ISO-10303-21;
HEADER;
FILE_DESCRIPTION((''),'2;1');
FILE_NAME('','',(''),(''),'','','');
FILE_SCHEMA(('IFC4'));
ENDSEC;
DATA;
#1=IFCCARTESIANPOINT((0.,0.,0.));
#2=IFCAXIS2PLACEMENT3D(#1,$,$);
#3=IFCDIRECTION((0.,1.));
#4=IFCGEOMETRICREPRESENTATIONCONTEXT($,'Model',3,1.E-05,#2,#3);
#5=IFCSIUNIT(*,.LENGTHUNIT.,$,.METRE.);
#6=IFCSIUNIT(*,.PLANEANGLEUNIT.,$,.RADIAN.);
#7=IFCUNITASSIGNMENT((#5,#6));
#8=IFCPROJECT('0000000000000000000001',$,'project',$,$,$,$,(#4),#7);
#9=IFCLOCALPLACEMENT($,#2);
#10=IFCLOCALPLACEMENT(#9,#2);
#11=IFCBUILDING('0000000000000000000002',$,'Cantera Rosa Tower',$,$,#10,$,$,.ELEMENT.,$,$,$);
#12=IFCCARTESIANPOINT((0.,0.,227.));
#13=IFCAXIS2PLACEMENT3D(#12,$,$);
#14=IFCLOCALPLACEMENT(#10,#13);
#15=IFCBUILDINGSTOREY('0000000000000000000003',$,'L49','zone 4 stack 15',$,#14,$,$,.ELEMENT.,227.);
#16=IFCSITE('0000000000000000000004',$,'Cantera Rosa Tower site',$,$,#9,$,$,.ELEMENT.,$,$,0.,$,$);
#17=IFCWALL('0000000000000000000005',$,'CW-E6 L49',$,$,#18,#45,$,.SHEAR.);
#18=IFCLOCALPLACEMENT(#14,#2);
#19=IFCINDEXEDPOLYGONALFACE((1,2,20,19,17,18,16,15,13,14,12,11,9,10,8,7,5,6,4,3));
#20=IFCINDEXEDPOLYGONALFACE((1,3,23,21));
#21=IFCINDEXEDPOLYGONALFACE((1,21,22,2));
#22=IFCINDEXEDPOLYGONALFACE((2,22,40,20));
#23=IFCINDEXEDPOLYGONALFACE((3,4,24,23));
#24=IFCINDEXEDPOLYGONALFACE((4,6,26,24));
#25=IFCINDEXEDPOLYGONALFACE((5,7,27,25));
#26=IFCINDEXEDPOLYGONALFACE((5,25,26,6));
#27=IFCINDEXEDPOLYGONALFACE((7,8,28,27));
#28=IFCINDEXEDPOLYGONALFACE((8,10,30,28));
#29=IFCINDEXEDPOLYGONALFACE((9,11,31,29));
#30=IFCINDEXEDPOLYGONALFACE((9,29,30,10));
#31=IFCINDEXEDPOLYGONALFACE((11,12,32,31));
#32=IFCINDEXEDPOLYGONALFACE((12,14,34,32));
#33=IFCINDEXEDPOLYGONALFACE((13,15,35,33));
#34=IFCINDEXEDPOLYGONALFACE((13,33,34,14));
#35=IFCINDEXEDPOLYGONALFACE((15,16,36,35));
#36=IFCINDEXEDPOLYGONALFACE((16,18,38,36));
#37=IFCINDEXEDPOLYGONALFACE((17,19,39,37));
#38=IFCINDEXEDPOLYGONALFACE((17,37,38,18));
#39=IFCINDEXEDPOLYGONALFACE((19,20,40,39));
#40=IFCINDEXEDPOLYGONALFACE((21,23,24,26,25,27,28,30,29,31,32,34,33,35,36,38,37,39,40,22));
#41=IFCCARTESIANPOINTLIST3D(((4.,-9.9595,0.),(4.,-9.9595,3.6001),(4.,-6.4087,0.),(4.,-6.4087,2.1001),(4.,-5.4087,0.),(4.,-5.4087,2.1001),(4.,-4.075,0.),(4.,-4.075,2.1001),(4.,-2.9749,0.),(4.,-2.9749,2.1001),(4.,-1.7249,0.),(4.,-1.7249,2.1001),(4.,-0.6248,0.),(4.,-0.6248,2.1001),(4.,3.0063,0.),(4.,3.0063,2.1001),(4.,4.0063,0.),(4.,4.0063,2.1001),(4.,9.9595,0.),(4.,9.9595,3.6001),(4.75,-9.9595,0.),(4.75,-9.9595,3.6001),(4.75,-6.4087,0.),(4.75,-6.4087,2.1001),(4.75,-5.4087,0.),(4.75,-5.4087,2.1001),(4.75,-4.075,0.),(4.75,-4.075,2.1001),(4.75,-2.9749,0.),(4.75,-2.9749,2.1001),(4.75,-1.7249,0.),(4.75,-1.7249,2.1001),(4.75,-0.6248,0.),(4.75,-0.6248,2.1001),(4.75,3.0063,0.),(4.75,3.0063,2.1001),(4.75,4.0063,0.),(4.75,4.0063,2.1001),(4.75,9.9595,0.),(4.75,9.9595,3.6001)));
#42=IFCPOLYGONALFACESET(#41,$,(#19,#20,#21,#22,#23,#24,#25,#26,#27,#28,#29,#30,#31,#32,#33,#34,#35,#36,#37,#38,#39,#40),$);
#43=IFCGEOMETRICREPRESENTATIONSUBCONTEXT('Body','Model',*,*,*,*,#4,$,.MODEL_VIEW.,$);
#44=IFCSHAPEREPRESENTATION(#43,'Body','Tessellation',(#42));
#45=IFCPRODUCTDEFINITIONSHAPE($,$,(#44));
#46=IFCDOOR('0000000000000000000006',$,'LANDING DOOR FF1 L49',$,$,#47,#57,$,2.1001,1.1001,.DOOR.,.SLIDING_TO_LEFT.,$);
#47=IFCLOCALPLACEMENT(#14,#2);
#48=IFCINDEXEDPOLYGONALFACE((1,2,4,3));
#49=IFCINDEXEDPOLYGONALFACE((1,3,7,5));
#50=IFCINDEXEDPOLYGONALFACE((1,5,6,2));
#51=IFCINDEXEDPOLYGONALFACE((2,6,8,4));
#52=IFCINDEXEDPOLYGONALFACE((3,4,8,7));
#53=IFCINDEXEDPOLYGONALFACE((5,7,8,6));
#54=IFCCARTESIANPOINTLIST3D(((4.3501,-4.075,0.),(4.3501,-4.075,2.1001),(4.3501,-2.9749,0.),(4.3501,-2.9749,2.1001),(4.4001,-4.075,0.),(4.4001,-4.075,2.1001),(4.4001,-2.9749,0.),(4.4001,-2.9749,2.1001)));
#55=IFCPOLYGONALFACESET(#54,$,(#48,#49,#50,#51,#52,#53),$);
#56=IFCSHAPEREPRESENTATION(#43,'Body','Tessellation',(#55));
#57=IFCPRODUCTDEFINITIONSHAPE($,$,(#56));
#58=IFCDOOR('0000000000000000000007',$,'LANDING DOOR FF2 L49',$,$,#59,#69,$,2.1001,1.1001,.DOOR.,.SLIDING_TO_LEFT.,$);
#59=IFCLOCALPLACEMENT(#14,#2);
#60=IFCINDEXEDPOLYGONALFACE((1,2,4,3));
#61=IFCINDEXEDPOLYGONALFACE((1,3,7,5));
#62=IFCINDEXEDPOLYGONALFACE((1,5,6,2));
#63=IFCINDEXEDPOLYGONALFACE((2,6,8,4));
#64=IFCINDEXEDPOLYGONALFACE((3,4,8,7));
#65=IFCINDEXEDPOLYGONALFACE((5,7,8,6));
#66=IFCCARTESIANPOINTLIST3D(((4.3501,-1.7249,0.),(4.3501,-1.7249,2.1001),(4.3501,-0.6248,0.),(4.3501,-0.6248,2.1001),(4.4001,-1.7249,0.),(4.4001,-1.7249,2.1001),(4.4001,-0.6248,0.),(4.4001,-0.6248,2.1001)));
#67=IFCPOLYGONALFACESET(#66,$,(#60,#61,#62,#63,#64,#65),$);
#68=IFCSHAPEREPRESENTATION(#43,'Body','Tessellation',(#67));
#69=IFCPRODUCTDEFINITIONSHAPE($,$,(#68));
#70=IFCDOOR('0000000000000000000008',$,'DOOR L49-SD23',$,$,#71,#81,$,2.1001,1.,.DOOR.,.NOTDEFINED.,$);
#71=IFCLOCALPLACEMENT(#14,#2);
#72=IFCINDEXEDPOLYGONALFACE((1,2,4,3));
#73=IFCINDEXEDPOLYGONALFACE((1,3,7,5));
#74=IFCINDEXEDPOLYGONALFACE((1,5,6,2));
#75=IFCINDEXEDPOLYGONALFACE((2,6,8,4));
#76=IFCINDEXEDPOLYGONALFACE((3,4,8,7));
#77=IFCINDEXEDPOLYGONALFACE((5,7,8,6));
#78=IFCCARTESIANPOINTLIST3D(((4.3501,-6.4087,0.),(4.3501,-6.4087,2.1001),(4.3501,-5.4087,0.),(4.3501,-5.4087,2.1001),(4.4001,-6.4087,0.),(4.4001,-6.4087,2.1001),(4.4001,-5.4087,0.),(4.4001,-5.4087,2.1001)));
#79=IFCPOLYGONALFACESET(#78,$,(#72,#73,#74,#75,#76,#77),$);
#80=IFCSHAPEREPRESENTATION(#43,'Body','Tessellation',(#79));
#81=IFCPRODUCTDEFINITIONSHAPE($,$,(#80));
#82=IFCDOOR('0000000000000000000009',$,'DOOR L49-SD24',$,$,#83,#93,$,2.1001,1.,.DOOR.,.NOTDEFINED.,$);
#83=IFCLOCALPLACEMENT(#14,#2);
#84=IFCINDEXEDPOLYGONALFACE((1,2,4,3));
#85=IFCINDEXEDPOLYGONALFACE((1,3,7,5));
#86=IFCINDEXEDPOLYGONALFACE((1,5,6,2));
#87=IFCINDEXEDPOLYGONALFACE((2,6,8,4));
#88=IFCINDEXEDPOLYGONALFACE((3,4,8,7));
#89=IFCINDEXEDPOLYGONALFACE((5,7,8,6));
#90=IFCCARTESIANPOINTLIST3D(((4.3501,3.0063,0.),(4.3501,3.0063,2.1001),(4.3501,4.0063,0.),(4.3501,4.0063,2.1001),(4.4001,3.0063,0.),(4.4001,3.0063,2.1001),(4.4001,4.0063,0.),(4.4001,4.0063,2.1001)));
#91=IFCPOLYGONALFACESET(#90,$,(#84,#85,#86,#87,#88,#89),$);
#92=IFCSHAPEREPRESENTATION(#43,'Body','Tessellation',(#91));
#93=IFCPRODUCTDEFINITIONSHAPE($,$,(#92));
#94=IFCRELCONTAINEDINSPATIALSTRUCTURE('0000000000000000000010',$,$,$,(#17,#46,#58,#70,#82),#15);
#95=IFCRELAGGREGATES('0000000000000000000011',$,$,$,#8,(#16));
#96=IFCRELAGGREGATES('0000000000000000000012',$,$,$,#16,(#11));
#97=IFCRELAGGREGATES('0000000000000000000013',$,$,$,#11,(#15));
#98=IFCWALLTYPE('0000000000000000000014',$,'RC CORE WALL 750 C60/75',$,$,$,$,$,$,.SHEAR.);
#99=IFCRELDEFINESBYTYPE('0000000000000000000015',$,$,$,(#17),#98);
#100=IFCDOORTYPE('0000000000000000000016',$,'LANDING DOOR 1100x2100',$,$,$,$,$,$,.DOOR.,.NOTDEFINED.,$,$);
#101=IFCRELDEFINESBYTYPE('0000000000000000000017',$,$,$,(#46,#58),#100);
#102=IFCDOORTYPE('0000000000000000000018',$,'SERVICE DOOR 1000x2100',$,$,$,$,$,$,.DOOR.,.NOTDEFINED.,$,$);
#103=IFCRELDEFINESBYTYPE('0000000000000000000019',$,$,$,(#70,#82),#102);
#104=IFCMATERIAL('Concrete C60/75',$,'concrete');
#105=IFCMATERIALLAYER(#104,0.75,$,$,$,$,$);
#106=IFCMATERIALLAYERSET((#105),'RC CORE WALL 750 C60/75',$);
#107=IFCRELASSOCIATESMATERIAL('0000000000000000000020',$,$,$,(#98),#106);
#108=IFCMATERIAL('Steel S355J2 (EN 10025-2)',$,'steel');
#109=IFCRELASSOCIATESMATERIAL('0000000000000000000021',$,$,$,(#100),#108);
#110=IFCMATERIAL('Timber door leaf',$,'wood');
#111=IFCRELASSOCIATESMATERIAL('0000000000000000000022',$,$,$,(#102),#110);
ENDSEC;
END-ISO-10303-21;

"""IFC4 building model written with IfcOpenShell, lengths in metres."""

from ifc_helpers import new_model, si_unit, direction, frame, frame_2d, origin, place, context, subcontext, project, spatial, rectangle, extrude, material, layer, layer_set, type_object, element, fill, save


model = new_model("IFC4")

# Units and contexts
model_context = context("Model", 3, precision=1e-05, world=origin(), true_north=direction((0.0, 1.0)))
body_context = subcontext(model_context, "Body", "Model", "MODEL_VIEW")
ifc_project = project(units=[si_unit("LENGTHUNIT", "METRE"), si_unit("PLANEANGLEUNIT", "RADIAN")], contexts=[model_context])

# Site, building, storey
site_placement = place(None, origin())
site = spatial("IfcSite", under=ifc_project, at=site_placement, Name="Cantera Rosa Tower site", CompositionType="ELEMENT", RefElevation=0.0)
building_placement = place(site_placement, origin())
building = spatial("IfcBuilding", under=site, at=building_placement, Name="Cantera Rosa Tower", CompositionType="ELEMENT")
storey_placement = place(building_placement, frame((0.0, 0.0, 227.0)))
storey = spatial("IfcBuildingStorey", under=building, at=storey_placement, Name="L49", Description="zone 4 stack 15", CompositionType="ELEMENT", Elevation=227.0)

# Wall, openings, doors
ifc_material_1 = material(Name="Concrete C60/75", Category="concrete")
ifc_layer_1 = layer(ifc_material_1, 0.75)
ifc_layer_set_1 = layer_set([ifc_layer_1], Name="RC CORE WALL 750 C60/75")
wall_type_1 = type_object("IfcWallType", Name="RC CORE WALL 750 C60/75", PredefinedType="SHEAR", material=ifc_layer_set_1)
wall_1_placement = place(storey_placement, frame((4.375, -9.9595, 0.0), z_axis=(0.0, 0.0, 1.0), x_axis=(0.0, 1.0, 0.0)))
wall_1 = element("IfcWall", 1, at=wall_1_placement, inside=storey, type_object=wall_type_1, Name="CW-E6 L49", PredefinedType="SHEAR", context=body_context, shape_type="SweptSolid", body=[
    extrude(rectangle(XDim=19.9189, YDim=0.75, at=frame_2d((9.9595, 0.0))), origin(), (0.0, 0.0, 1.0), 3.6001),
])
opening_1_placement = place(wall_1_placement, frame((5.8845, 0.0, 0.0)))
opening_1 = element("IfcOpeningElement", 2, at=opening_1_placement, cuts=wall_1, PredefinedType="OPENING", context=body_context, shape_type="SweptSolid", body=[
    extrude(rectangle(XDim=1.1001, YDim=2.1001, at=frame_2d((0.55, 1.05))), frame((0.0, 0.385, 0.0), z_axis=(0.0, -1.0, 0.0), x_axis=(1.0, 0.0, 0.0)), (0.0, 0.0, 1.0), 0.77),
])
opening_2_placement = place(wall_1_placement, frame((8.2346, 0.0, 0.0)))
opening_2 = element("IfcOpeningElement", 3, at=opening_2_placement, cuts=wall_1, PredefinedType="OPENING", context=body_context, shape_type="SweptSolid", body=[
    extrude(rectangle(XDim=1.1001, YDim=2.1001, at=frame_2d((0.55, 1.05))), frame((0.0, 0.385, 0.0), z_axis=(0.0, -1.0, 0.0), x_axis=(1.0, 0.0, 0.0)), (0.0, 0.0, 1.0), 0.77),
])
opening_3_placement = place(wall_1_placement, frame((3.5508, 0.0, 0.0)))
opening_3 = element("IfcOpeningElement", 4, at=opening_3_placement, cuts=wall_1, PredefinedType="OPENING", context=body_context, shape_type="SweptSolid", body=[
    extrude(rectangle(XDim=1.0, YDim=2.1001, at=frame_2d((0.5, 1.05))), frame((0.0, 0.385, 0.0), z_axis=(0.0, -1.0, 0.0), x_axis=(1.0, 0.0, 0.0)), (0.0, 0.0, 1.0), 0.77),
])
opening_4_placement = place(wall_1_placement, frame((12.9658, 0.0, 0.0)))
opening_4 = element("IfcOpeningElement", 5, at=opening_4_placement, cuts=wall_1, PredefinedType="OPENING", context=body_context, shape_type="SweptSolid", body=[
    extrude(rectangle(XDim=1.0, YDim=2.1001, at=frame_2d((0.5, 1.05))), frame((0.0, 0.385, 0.0), z_axis=(0.0, -1.0, 0.0), x_axis=(1.0, 0.0, 0.0)), (0.0, 0.0, 1.0), 0.77),
])
ifc_material_2 = material(Name="Steel S355J2 (EN 10025-2)", Category="steel")
door_type_1 = type_object("IfcDoorType", Name="LANDING DOOR 1100x2100", OperationType="NOTDEFINED", PredefinedType="DOOR", material=ifc_material_2)
door_1_placement = place(opening_1_placement, origin())
door_1 = element("IfcDoor", 6, at=door_1_placement, inside=storey, type_object=door_type_1, Name="LANDING DOOR FF1 L49", OperationType="SLIDING_TO_LEFT", OverallHeight=2.1001, OverallWidth=1.1001, PredefinedType="DOOR", context=body_context, shape_type="SweptSolid", body=[
    extrude(rectangle(XDim=1.1001, YDim=2.1001, at=frame_2d((0.55, 1.05))), frame((0.0, 0.0249, 0.0), z_axis=(0.0, -1.0, 0.0), x_axis=(1.0, 0.0, 0.0)), (0.0, 0.0, 1.0), 0.05),
])
fill(opening_1, door_1)
door_2_placement = place(opening_2_placement, origin())
door_2 = element("IfcDoor", 7, at=door_2_placement, inside=storey, type_object=door_type_1, Name="LANDING DOOR FF2 L49", OperationType="SLIDING_TO_LEFT", OverallHeight=2.1001, OverallWidth=1.1001, PredefinedType="DOOR", context=body_context, shape_type="SweptSolid", body=[
    extrude(rectangle(XDim=1.1001, YDim=2.1001, at=frame_2d((0.55, 1.05))), frame((0.0, 0.0249, 0.0), z_axis=(0.0, -1.0, 0.0), x_axis=(1.0, 0.0, 0.0)), (0.0, 0.0, 1.0), 0.05),
])
fill(opening_2, door_2)
ifc_material_3 = material(Name="Timber door leaf", Category="wood")
door_type_2 = type_object("IfcDoorType", Name="SERVICE DOOR 1000x2100", OperationType="NOTDEFINED", PredefinedType="DOOR", material=ifc_material_3)
door_3_placement = place(opening_3_placement, origin())
door_3 = element("IfcDoor", 8, at=door_3_placement, inside=storey, type_object=door_type_2, Name="DOOR L49-SD23", OperationType="NOTDEFINED", OverallHeight=2.1001, OverallWidth=1.0, PredefinedType="DOOR", context=body_context, shape_type="SweptSolid", body=[
    extrude(rectangle(XDim=1.0, YDim=2.1001, at=frame_2d((0.5, 1.05))), frame((0.0, 0.0249, 0.0), z_axis=(0.0, -1.0, 0.0), x_axis=(1.0, 0.0, 0.0)), (0.0, 0.0, 1.0), 0.05),
])
fill(opening_3, door_3)
door_4_placement = place(opening_4_placement, origin())
door_4 = element("IfcDoor", 9, at=door_4_placement, inside=storey, type_object=door_type_2, Name="DOOR L49-SD24", OperationType="NOTDEFINED", OverallHeight=2.1001, OverallWidth=1.0, PredefinedType="DOOR", context=body_context, shape_type="SweptSolid", body=[
    extrude(rectangle(XDim=1.0, YDim=2.1001, at=frame_2d((0.5, 1.05))), frame((0.0, 0.0249, 0.0), z_axis=(0.0, -1.0, 0.0), x_axis=(1.0, 0.0, 0.0)), (0.0, 0.0, 1.0), 0.05),
])
fill(opening_4, door_4)

save(model, "model.ifc")
